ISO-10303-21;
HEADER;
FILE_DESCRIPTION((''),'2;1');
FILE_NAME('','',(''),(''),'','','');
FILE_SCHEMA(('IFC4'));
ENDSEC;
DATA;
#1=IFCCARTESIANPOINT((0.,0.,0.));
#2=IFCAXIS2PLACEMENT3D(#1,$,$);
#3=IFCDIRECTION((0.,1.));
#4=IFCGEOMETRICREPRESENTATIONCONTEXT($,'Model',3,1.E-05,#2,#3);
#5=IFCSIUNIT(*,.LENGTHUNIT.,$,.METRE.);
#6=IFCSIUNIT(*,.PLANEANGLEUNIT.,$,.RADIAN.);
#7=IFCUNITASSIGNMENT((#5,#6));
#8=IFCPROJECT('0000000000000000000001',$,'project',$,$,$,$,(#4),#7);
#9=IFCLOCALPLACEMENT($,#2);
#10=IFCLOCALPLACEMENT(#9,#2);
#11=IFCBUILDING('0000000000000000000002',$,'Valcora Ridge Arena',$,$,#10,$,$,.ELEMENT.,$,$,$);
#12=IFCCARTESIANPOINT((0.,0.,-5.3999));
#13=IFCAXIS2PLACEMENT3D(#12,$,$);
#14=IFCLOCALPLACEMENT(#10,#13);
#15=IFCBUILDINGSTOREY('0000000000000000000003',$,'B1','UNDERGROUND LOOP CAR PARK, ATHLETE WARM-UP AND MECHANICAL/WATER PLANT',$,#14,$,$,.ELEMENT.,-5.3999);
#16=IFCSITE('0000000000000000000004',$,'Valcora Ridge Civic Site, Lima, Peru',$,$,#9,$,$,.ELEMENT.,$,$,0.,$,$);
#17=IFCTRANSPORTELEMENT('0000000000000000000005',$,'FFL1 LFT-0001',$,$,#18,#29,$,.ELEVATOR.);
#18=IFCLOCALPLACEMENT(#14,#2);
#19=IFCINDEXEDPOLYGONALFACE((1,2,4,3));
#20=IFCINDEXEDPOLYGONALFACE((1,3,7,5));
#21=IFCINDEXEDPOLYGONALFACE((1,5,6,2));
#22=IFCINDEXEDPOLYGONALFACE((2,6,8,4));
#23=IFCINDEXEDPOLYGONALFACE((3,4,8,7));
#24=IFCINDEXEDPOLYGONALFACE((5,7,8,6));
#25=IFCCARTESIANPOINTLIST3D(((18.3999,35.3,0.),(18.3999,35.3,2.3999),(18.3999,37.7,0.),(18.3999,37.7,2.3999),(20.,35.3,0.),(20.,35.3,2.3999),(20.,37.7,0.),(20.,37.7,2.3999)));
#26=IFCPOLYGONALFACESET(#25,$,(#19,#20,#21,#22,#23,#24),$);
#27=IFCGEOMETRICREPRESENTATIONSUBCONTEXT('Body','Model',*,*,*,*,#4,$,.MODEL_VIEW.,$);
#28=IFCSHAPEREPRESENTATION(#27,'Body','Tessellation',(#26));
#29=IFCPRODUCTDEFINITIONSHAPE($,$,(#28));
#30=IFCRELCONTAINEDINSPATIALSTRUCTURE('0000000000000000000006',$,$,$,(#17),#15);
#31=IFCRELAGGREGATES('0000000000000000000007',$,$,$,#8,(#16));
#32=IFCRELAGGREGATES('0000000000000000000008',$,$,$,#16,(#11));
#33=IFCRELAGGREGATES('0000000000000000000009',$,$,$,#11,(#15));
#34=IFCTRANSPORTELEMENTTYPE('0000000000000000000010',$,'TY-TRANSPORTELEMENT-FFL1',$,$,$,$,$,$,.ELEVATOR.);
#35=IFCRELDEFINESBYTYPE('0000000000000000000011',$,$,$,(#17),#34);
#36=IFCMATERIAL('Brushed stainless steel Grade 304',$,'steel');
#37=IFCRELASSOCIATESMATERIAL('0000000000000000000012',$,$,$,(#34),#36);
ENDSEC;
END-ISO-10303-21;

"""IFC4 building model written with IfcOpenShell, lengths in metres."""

from ifc_helpers import new_model, si_unit, direction, frame, origin, origin_2d, place, context, subcontext, project, spatial, rectangle, extrude, material, type_object, element, save


model = new_model("IFC4")

# Units and contexts
model_context = context("Model", 3, precision=1e-05, world=origin(), true_north=direction((0.0, 1.0)))
body_context = subcontext(model_context, "Body", "Model", "MODEL_VIEW")
ifc_project = project(units=[si_unit("LENGTHUNIT", "METRE"), si_unit("PLANEANGLEUNIT", "RADIAN")], contexts=[model_context])

# Site, building, storey
site_placement = place(None, origin())
site = spatial("IfcSite", under=ifc_project, at=site_placement, Name="Valcora Ridge Civic Site, Lima, Peru", CompositionType="ELEMENT", RefElevation=0.0)
building_placement = place(site_placement, origin())
building = spatial("IfcBuilding", under=site, at=building_placement, Name="Valcora Ridge Arena", CompositionType="ELEMENT")
storey_placement = place(building_placement, frame((0.0, 0.0, -5.3999)))
storey = spatial("IfcBuildingStorey", under=building, at=storey_placement, Name="B1", Description="UNDERGROUND LOOP CAR PARK, ATHLETE WARM-UP AND MECHANICAL/WATER PLANT", CompositionType="ELEMENT", Elevation=-5.3999)

# Transport element
ifc_material_1 = material(Name="Brushed stainless steel Grade 304", Category="steel")
transport_element_type = type_object("IfcTransportElementType", Name="TY-TRANSPORTELEMENT-FFL1", PredefinedType="ELEVATOR", material=ifc_material_1)
transport_element_placement = place(storey_placement, frame((19.2, 36.5, 0.0), z_axis=(0.0, 0.0, 1.0), x_axis=(1.0, 0.0, 0.0)))
element("IfcTransportElement", 1, at=transport_element_placement, inside=storey, type_object=transport_element_type, Name="FFL1 LFT-0001", PredefinedType="ELEVATOR", context=body_context, shape_type="SweptSolid", body=[
    extrude(rectangle(XDim=1.6001, YDim=2.3999, at=origin_2d()), origin(), (0.0, 0.0, 1.0), 2.3999),
])

save(model, "model.ifc")
